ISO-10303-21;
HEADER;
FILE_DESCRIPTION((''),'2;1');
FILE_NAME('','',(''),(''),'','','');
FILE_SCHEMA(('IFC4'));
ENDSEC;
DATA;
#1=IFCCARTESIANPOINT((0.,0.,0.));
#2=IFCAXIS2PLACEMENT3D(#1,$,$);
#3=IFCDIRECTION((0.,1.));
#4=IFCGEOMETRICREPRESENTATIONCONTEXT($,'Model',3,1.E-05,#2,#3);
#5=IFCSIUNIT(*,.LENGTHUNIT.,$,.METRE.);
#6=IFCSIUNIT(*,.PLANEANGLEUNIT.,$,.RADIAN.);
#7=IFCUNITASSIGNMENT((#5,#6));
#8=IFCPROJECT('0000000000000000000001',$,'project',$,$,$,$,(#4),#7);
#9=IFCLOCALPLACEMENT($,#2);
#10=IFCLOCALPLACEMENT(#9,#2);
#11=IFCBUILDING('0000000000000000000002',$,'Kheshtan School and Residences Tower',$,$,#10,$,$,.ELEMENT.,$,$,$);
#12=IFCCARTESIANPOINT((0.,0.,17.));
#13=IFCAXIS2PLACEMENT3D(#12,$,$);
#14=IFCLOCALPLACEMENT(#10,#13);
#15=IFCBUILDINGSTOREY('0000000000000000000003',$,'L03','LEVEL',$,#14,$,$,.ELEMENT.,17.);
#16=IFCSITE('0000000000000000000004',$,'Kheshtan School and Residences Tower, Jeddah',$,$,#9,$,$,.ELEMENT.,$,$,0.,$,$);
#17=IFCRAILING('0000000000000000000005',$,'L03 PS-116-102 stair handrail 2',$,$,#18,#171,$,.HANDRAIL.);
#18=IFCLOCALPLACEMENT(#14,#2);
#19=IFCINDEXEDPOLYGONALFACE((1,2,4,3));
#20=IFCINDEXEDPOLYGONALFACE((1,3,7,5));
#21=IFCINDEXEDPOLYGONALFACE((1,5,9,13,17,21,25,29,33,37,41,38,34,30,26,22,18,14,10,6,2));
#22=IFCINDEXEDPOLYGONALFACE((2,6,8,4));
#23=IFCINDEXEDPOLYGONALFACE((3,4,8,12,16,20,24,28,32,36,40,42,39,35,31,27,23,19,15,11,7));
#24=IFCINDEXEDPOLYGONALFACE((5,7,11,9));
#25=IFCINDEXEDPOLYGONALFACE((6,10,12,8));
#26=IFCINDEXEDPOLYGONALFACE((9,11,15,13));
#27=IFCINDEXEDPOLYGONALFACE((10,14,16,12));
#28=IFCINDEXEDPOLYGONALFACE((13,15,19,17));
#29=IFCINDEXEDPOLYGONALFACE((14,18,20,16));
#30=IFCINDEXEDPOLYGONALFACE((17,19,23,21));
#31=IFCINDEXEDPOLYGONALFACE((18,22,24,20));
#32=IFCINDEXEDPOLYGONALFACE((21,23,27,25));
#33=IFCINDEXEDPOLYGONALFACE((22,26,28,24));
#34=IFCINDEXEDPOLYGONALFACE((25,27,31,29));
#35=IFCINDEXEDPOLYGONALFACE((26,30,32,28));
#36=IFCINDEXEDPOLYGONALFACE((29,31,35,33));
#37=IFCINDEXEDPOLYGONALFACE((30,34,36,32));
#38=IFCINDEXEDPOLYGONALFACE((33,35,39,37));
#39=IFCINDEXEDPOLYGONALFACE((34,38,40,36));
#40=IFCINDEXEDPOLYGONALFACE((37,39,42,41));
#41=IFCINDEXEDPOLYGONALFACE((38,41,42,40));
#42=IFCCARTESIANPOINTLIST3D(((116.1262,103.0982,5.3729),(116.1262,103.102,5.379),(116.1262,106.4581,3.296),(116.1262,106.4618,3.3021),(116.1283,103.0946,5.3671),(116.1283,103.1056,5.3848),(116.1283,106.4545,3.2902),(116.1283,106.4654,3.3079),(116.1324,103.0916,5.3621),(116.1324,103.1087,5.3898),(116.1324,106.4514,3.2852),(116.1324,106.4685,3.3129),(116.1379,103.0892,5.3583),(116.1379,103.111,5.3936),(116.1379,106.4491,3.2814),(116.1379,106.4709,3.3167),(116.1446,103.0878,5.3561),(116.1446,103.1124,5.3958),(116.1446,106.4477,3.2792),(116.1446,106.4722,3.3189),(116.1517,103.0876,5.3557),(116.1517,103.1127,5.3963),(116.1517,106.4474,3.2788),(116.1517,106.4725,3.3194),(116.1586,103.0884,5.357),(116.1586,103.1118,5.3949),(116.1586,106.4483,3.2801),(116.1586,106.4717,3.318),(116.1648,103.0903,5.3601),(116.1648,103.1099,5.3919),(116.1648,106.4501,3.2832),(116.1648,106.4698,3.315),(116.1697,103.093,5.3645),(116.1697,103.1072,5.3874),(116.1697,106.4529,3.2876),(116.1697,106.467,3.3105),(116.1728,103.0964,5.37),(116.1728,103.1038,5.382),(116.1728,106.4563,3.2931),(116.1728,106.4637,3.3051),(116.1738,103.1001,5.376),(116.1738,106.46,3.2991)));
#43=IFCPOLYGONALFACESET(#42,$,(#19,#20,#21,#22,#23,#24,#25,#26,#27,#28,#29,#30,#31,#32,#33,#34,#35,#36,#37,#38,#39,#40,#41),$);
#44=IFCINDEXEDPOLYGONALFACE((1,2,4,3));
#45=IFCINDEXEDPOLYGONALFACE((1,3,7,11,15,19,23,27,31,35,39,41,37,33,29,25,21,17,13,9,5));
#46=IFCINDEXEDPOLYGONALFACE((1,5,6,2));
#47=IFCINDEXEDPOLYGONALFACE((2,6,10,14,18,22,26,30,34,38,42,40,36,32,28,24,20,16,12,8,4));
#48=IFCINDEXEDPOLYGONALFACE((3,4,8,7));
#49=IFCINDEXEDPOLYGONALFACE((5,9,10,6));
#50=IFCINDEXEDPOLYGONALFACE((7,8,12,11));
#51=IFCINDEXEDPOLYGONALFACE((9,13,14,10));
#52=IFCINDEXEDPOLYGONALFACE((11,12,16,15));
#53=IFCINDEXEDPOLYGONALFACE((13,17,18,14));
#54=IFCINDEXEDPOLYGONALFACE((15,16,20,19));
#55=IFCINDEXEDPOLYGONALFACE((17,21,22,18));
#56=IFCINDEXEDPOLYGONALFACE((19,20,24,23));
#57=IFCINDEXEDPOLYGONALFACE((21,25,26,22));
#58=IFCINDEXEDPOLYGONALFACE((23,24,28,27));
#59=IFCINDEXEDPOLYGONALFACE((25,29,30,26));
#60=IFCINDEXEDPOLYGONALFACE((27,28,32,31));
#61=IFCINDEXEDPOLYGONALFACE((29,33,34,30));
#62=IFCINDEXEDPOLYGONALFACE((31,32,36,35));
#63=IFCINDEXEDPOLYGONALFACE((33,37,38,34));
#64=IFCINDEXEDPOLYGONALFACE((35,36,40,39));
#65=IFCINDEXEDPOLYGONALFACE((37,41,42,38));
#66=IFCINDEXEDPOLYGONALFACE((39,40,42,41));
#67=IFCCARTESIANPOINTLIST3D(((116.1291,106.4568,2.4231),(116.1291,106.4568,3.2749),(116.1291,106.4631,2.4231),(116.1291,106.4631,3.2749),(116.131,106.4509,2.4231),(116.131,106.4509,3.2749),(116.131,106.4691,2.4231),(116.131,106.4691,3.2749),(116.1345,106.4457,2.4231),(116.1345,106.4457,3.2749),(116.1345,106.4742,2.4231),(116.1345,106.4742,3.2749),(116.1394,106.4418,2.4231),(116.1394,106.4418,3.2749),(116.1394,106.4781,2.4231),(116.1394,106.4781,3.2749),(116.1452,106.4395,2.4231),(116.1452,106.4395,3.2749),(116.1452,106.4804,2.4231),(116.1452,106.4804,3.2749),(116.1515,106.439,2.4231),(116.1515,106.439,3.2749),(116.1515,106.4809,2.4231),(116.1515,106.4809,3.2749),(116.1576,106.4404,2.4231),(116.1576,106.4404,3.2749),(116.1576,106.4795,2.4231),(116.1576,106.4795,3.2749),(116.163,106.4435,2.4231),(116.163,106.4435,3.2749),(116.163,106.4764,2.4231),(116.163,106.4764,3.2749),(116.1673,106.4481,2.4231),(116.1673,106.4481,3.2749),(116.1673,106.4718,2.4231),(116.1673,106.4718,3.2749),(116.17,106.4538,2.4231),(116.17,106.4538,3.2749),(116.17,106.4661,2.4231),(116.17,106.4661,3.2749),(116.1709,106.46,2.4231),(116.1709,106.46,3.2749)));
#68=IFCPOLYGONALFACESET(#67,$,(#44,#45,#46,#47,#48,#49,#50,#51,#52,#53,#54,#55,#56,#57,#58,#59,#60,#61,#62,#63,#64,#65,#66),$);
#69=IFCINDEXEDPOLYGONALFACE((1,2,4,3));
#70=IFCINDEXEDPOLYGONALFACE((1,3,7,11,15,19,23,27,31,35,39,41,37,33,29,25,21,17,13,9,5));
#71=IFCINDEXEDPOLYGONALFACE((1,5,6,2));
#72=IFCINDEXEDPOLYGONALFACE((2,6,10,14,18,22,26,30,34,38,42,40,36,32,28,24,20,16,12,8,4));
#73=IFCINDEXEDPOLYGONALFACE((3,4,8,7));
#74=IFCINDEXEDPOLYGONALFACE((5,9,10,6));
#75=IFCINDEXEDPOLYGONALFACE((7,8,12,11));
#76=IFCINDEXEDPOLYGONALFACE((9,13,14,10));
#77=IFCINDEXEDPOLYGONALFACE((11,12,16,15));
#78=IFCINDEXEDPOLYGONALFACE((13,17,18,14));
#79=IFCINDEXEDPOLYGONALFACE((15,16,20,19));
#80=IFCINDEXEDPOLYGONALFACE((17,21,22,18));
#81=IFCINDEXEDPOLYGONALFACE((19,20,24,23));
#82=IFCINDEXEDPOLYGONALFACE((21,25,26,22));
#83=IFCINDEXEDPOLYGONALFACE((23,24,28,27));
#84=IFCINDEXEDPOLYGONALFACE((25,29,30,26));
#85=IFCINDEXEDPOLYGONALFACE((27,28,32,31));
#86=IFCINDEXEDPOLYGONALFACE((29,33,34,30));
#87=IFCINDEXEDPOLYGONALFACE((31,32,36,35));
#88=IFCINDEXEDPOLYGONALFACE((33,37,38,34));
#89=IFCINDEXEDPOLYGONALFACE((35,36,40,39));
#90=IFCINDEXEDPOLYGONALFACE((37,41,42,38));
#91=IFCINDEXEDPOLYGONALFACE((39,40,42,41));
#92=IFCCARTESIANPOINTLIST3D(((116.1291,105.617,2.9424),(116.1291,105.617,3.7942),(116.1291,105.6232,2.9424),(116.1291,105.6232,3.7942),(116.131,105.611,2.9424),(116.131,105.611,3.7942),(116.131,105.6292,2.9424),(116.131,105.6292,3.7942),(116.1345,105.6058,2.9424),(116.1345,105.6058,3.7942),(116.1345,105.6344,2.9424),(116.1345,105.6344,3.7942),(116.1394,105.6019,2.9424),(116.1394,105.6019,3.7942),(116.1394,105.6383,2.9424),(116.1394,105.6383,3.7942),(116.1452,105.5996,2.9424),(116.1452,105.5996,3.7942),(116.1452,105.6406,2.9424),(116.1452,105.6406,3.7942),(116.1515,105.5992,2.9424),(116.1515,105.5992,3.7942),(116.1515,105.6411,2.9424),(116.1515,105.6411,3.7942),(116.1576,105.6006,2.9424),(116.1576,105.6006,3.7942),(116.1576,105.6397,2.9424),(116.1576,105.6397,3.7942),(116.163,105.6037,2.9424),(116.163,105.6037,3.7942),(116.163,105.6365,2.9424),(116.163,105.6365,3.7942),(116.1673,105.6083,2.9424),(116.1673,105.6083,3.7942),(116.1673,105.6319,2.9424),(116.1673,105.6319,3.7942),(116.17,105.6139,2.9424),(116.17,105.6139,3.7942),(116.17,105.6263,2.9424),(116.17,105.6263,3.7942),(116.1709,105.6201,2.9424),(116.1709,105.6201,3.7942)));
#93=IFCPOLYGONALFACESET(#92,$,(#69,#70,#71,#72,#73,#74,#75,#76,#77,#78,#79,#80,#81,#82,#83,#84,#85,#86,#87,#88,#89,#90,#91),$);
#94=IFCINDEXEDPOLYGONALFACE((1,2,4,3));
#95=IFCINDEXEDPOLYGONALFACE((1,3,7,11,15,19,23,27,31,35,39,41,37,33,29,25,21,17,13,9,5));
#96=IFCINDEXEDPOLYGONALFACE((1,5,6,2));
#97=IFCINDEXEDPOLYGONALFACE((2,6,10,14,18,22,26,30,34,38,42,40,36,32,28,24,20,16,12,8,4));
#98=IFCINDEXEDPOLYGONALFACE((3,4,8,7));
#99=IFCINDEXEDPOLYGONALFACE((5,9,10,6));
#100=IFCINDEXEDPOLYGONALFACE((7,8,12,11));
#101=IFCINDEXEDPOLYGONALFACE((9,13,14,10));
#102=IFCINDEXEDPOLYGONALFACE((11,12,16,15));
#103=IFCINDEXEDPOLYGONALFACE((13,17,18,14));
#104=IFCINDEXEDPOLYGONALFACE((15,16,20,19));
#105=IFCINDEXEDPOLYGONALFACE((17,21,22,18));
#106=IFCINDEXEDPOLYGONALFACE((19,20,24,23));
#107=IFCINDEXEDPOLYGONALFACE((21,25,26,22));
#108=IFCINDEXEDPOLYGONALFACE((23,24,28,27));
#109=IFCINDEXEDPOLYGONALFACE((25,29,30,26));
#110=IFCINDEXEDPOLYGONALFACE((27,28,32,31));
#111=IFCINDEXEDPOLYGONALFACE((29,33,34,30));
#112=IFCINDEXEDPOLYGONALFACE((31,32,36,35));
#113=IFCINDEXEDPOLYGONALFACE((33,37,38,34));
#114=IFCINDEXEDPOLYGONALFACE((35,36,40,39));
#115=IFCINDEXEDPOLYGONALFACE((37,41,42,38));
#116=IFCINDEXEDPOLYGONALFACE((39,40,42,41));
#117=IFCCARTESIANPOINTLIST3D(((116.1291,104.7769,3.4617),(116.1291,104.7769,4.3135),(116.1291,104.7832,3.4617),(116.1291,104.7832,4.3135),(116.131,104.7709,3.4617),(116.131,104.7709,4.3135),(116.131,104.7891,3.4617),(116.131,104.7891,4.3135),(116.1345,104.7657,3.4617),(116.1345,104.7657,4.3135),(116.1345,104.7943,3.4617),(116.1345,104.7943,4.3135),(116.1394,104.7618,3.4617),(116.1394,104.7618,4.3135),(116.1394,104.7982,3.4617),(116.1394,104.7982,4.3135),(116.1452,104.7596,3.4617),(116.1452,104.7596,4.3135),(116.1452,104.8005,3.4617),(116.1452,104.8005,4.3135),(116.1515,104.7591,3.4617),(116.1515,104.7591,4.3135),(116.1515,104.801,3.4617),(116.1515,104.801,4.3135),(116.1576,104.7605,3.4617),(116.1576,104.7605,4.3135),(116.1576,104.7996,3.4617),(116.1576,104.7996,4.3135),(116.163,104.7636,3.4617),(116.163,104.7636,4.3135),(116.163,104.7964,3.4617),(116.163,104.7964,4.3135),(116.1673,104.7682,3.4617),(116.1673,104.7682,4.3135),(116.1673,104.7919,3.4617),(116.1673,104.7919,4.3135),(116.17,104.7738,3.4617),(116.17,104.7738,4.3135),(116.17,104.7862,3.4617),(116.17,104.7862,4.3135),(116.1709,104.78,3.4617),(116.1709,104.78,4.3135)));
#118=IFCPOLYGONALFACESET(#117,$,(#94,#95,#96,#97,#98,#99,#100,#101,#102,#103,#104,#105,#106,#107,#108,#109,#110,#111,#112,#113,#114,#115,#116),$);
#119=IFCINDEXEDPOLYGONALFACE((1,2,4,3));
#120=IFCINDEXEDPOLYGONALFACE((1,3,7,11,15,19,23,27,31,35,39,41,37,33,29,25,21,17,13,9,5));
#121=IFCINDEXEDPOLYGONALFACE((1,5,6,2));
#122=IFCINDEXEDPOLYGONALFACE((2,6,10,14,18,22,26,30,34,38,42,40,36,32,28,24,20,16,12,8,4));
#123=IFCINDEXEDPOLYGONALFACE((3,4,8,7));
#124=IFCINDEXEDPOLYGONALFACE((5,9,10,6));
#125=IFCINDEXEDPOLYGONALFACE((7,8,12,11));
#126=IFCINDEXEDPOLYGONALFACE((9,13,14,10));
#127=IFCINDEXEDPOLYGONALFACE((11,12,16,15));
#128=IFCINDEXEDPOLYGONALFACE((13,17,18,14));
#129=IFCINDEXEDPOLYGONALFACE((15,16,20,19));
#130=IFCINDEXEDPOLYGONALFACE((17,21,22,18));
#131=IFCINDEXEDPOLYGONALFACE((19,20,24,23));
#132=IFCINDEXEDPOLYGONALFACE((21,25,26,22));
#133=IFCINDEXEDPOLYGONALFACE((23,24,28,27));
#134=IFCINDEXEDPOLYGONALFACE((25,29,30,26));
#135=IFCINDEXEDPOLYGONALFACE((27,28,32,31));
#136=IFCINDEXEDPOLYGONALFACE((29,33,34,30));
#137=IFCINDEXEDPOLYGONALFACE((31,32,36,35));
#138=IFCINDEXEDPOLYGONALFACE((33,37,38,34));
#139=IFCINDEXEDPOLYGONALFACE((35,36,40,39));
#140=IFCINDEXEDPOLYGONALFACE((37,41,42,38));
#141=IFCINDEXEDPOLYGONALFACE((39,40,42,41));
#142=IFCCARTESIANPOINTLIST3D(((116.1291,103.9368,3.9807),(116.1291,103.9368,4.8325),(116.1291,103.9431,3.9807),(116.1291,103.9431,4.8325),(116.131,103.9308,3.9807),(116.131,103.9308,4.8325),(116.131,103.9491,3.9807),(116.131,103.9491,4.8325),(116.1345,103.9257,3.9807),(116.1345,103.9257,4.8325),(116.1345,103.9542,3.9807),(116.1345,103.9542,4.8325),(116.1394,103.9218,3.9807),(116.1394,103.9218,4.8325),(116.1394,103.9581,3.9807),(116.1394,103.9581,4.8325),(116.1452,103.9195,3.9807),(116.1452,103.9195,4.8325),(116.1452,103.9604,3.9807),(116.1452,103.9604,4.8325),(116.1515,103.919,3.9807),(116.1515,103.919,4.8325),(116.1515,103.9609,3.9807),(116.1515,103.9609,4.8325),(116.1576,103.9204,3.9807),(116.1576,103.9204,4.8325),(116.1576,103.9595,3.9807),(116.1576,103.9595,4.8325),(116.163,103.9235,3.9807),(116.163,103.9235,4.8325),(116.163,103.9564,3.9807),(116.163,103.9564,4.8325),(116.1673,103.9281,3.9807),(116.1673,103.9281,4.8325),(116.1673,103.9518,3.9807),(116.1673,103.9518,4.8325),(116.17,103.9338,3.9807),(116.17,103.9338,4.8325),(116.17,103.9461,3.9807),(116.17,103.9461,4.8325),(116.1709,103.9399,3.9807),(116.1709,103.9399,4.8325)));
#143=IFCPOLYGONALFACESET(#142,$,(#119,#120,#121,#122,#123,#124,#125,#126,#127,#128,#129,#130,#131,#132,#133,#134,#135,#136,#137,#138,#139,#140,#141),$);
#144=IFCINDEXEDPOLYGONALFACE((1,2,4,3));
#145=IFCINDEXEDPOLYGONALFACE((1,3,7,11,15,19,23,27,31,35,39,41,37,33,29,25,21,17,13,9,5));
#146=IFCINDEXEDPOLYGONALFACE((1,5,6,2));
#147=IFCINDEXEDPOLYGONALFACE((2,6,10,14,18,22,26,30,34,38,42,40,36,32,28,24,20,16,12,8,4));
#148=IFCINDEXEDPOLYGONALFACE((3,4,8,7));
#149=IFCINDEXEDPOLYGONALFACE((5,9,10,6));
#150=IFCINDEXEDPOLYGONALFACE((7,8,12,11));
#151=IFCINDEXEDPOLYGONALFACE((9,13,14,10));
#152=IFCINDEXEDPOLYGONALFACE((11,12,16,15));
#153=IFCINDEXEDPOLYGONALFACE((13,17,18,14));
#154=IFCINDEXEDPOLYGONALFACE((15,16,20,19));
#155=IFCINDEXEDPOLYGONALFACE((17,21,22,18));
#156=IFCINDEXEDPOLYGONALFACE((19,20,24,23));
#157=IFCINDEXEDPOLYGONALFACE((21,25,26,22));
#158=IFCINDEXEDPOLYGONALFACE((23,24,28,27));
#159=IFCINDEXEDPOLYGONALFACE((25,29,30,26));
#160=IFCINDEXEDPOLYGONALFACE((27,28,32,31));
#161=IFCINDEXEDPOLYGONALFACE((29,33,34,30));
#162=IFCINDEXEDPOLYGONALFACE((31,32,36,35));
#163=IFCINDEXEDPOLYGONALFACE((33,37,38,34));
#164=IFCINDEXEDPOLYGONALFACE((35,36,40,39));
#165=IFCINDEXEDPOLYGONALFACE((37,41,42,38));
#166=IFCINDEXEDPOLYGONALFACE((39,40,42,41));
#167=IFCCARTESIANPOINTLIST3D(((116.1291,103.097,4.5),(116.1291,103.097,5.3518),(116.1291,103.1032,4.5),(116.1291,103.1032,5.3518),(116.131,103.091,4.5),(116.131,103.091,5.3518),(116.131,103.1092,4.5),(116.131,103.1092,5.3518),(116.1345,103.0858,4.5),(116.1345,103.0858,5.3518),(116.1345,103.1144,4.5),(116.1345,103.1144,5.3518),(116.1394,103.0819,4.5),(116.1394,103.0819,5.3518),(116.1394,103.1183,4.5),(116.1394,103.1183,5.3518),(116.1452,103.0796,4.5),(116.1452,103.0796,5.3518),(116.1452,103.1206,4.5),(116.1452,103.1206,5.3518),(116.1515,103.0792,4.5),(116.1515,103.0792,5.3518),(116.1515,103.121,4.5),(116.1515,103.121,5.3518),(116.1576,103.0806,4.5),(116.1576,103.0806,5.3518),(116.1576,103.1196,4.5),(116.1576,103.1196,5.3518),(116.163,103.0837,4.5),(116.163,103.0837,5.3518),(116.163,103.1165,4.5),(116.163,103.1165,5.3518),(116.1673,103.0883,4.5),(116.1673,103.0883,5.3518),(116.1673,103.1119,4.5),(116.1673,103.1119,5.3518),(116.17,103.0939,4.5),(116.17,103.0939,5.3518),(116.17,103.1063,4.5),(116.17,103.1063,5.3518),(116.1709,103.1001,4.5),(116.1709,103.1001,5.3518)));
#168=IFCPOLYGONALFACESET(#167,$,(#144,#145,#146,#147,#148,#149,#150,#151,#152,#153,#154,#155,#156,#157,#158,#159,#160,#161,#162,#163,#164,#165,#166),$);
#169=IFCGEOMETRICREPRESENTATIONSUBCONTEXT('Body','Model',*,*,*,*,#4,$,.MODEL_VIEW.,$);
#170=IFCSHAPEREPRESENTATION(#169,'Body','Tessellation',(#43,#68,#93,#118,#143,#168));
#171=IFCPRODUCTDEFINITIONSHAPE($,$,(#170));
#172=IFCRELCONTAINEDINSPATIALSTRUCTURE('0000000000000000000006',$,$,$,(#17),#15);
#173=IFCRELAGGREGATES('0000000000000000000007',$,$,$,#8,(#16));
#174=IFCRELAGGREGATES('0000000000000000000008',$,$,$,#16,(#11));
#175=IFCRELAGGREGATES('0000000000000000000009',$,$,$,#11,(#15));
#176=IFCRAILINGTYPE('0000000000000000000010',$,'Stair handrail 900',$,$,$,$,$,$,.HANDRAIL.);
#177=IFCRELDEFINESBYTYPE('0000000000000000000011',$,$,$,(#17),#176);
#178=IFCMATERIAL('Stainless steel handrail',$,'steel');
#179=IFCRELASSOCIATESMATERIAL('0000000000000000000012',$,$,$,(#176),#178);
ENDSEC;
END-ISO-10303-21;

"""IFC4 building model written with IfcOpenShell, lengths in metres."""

from ifc_helpers import new_model, si_unit, direction, frame, origin, origin_2d, place, context, subcontext, project, spatial, circle, extrude, material, type_object, element, save


model = new_model("IFC4")

# Units and contexts
model_context = context("Model", 3, precision=1e-05, world=origin(), true_north=direction((0.0, 1.0)))
body_context = subcontext(model_context, "Body", "Model", "MODEL_VIEW")
ifc_project = project(units=[si_unit("LENGTHUNIT", "METRE"), si_unit("PLANEANGLEUNIT", "RADIAN")], contexts=[model_context])

# Site, building, storey
site_placement = place(None, origin())
site = spatial("IfcSite", under=ifc_project, at=site_placement, Name="Kheshtan School and Residences Tower, Jeddah", CompositionType="ELEMENT", RefElevation=0.0)
building_placement = place(site_placement, origin())
building = spatial("IfcBuilding", under=site, at=building_placement, Name="Kheshtan School and Residences Tower", CompositionType="ELEMENT")
storey_placement = place(building_placement, frame((0.0, 0.0, 17.0)))
storey = spatial("IfcBuildingStorey", under=building, at=storey_placement, Name="L03", Description="LEVEL", CompositionType="ELEMENT", Elevation=17.0)

# Railing
ifc_material_1 = material(Name="Stainless steel handrail", Category="steel")
railing_type_1 = type_object("IfcRailingType", Name="Stair handrail 900", PredefinedType="HANDRAIL", material=ifc_material_1)
railing_1_placement = place(storey_placement, frame((116.1499, 106.46, 2.4231)))
element("IfcRailing", 1, at=railing_1_placement, inside=storey, type_object=railing_type_1, Name="L03 PS-116-102 stair handrail 2", PredefinedType="HANDRAIL", context=body_context, shape_type="SweptSolid", body=[
    extrude(circle(Radius=0.0239, at=origin_2d()), frame((0.0, 0.0, 0.876), z_axis=(0.0, -0.850606, 0.525803), x_axis=(1.0, 0.0, 0.0)), (0.0, 0.0, 1.0), 3.95),
    extrude(circle(Radius=0.021, at=origin_2d()), origin(), (0.0, 0.0, 1.0), 0.8518),
    extrude(circle(Radius=0.021, at=origin_2d()), frame((0.0, -0.8398, 0.5193)), (0.0, 0.0, 1.0), 0.8518),
    extrude(circle(Radius=0.021, at=origin_2d()), frame((0.0, -1.6799, 1.0386)), (0.0, 0.0, 1.0), 0.8518),
    extrude(circle(Radius=0.021, at=origin_2d()), frame((0.0, -2.52, 1.5576)), (0.0, 0.0, 1.0), 0.8518),
    extrude(circle(Radius=0.021, at=origin_2d()), frame((0.0, -3.3599, 2.0769)), (0.0, 0.0, 1.0), 0.8518),
])

save(model, "model.ifc")
